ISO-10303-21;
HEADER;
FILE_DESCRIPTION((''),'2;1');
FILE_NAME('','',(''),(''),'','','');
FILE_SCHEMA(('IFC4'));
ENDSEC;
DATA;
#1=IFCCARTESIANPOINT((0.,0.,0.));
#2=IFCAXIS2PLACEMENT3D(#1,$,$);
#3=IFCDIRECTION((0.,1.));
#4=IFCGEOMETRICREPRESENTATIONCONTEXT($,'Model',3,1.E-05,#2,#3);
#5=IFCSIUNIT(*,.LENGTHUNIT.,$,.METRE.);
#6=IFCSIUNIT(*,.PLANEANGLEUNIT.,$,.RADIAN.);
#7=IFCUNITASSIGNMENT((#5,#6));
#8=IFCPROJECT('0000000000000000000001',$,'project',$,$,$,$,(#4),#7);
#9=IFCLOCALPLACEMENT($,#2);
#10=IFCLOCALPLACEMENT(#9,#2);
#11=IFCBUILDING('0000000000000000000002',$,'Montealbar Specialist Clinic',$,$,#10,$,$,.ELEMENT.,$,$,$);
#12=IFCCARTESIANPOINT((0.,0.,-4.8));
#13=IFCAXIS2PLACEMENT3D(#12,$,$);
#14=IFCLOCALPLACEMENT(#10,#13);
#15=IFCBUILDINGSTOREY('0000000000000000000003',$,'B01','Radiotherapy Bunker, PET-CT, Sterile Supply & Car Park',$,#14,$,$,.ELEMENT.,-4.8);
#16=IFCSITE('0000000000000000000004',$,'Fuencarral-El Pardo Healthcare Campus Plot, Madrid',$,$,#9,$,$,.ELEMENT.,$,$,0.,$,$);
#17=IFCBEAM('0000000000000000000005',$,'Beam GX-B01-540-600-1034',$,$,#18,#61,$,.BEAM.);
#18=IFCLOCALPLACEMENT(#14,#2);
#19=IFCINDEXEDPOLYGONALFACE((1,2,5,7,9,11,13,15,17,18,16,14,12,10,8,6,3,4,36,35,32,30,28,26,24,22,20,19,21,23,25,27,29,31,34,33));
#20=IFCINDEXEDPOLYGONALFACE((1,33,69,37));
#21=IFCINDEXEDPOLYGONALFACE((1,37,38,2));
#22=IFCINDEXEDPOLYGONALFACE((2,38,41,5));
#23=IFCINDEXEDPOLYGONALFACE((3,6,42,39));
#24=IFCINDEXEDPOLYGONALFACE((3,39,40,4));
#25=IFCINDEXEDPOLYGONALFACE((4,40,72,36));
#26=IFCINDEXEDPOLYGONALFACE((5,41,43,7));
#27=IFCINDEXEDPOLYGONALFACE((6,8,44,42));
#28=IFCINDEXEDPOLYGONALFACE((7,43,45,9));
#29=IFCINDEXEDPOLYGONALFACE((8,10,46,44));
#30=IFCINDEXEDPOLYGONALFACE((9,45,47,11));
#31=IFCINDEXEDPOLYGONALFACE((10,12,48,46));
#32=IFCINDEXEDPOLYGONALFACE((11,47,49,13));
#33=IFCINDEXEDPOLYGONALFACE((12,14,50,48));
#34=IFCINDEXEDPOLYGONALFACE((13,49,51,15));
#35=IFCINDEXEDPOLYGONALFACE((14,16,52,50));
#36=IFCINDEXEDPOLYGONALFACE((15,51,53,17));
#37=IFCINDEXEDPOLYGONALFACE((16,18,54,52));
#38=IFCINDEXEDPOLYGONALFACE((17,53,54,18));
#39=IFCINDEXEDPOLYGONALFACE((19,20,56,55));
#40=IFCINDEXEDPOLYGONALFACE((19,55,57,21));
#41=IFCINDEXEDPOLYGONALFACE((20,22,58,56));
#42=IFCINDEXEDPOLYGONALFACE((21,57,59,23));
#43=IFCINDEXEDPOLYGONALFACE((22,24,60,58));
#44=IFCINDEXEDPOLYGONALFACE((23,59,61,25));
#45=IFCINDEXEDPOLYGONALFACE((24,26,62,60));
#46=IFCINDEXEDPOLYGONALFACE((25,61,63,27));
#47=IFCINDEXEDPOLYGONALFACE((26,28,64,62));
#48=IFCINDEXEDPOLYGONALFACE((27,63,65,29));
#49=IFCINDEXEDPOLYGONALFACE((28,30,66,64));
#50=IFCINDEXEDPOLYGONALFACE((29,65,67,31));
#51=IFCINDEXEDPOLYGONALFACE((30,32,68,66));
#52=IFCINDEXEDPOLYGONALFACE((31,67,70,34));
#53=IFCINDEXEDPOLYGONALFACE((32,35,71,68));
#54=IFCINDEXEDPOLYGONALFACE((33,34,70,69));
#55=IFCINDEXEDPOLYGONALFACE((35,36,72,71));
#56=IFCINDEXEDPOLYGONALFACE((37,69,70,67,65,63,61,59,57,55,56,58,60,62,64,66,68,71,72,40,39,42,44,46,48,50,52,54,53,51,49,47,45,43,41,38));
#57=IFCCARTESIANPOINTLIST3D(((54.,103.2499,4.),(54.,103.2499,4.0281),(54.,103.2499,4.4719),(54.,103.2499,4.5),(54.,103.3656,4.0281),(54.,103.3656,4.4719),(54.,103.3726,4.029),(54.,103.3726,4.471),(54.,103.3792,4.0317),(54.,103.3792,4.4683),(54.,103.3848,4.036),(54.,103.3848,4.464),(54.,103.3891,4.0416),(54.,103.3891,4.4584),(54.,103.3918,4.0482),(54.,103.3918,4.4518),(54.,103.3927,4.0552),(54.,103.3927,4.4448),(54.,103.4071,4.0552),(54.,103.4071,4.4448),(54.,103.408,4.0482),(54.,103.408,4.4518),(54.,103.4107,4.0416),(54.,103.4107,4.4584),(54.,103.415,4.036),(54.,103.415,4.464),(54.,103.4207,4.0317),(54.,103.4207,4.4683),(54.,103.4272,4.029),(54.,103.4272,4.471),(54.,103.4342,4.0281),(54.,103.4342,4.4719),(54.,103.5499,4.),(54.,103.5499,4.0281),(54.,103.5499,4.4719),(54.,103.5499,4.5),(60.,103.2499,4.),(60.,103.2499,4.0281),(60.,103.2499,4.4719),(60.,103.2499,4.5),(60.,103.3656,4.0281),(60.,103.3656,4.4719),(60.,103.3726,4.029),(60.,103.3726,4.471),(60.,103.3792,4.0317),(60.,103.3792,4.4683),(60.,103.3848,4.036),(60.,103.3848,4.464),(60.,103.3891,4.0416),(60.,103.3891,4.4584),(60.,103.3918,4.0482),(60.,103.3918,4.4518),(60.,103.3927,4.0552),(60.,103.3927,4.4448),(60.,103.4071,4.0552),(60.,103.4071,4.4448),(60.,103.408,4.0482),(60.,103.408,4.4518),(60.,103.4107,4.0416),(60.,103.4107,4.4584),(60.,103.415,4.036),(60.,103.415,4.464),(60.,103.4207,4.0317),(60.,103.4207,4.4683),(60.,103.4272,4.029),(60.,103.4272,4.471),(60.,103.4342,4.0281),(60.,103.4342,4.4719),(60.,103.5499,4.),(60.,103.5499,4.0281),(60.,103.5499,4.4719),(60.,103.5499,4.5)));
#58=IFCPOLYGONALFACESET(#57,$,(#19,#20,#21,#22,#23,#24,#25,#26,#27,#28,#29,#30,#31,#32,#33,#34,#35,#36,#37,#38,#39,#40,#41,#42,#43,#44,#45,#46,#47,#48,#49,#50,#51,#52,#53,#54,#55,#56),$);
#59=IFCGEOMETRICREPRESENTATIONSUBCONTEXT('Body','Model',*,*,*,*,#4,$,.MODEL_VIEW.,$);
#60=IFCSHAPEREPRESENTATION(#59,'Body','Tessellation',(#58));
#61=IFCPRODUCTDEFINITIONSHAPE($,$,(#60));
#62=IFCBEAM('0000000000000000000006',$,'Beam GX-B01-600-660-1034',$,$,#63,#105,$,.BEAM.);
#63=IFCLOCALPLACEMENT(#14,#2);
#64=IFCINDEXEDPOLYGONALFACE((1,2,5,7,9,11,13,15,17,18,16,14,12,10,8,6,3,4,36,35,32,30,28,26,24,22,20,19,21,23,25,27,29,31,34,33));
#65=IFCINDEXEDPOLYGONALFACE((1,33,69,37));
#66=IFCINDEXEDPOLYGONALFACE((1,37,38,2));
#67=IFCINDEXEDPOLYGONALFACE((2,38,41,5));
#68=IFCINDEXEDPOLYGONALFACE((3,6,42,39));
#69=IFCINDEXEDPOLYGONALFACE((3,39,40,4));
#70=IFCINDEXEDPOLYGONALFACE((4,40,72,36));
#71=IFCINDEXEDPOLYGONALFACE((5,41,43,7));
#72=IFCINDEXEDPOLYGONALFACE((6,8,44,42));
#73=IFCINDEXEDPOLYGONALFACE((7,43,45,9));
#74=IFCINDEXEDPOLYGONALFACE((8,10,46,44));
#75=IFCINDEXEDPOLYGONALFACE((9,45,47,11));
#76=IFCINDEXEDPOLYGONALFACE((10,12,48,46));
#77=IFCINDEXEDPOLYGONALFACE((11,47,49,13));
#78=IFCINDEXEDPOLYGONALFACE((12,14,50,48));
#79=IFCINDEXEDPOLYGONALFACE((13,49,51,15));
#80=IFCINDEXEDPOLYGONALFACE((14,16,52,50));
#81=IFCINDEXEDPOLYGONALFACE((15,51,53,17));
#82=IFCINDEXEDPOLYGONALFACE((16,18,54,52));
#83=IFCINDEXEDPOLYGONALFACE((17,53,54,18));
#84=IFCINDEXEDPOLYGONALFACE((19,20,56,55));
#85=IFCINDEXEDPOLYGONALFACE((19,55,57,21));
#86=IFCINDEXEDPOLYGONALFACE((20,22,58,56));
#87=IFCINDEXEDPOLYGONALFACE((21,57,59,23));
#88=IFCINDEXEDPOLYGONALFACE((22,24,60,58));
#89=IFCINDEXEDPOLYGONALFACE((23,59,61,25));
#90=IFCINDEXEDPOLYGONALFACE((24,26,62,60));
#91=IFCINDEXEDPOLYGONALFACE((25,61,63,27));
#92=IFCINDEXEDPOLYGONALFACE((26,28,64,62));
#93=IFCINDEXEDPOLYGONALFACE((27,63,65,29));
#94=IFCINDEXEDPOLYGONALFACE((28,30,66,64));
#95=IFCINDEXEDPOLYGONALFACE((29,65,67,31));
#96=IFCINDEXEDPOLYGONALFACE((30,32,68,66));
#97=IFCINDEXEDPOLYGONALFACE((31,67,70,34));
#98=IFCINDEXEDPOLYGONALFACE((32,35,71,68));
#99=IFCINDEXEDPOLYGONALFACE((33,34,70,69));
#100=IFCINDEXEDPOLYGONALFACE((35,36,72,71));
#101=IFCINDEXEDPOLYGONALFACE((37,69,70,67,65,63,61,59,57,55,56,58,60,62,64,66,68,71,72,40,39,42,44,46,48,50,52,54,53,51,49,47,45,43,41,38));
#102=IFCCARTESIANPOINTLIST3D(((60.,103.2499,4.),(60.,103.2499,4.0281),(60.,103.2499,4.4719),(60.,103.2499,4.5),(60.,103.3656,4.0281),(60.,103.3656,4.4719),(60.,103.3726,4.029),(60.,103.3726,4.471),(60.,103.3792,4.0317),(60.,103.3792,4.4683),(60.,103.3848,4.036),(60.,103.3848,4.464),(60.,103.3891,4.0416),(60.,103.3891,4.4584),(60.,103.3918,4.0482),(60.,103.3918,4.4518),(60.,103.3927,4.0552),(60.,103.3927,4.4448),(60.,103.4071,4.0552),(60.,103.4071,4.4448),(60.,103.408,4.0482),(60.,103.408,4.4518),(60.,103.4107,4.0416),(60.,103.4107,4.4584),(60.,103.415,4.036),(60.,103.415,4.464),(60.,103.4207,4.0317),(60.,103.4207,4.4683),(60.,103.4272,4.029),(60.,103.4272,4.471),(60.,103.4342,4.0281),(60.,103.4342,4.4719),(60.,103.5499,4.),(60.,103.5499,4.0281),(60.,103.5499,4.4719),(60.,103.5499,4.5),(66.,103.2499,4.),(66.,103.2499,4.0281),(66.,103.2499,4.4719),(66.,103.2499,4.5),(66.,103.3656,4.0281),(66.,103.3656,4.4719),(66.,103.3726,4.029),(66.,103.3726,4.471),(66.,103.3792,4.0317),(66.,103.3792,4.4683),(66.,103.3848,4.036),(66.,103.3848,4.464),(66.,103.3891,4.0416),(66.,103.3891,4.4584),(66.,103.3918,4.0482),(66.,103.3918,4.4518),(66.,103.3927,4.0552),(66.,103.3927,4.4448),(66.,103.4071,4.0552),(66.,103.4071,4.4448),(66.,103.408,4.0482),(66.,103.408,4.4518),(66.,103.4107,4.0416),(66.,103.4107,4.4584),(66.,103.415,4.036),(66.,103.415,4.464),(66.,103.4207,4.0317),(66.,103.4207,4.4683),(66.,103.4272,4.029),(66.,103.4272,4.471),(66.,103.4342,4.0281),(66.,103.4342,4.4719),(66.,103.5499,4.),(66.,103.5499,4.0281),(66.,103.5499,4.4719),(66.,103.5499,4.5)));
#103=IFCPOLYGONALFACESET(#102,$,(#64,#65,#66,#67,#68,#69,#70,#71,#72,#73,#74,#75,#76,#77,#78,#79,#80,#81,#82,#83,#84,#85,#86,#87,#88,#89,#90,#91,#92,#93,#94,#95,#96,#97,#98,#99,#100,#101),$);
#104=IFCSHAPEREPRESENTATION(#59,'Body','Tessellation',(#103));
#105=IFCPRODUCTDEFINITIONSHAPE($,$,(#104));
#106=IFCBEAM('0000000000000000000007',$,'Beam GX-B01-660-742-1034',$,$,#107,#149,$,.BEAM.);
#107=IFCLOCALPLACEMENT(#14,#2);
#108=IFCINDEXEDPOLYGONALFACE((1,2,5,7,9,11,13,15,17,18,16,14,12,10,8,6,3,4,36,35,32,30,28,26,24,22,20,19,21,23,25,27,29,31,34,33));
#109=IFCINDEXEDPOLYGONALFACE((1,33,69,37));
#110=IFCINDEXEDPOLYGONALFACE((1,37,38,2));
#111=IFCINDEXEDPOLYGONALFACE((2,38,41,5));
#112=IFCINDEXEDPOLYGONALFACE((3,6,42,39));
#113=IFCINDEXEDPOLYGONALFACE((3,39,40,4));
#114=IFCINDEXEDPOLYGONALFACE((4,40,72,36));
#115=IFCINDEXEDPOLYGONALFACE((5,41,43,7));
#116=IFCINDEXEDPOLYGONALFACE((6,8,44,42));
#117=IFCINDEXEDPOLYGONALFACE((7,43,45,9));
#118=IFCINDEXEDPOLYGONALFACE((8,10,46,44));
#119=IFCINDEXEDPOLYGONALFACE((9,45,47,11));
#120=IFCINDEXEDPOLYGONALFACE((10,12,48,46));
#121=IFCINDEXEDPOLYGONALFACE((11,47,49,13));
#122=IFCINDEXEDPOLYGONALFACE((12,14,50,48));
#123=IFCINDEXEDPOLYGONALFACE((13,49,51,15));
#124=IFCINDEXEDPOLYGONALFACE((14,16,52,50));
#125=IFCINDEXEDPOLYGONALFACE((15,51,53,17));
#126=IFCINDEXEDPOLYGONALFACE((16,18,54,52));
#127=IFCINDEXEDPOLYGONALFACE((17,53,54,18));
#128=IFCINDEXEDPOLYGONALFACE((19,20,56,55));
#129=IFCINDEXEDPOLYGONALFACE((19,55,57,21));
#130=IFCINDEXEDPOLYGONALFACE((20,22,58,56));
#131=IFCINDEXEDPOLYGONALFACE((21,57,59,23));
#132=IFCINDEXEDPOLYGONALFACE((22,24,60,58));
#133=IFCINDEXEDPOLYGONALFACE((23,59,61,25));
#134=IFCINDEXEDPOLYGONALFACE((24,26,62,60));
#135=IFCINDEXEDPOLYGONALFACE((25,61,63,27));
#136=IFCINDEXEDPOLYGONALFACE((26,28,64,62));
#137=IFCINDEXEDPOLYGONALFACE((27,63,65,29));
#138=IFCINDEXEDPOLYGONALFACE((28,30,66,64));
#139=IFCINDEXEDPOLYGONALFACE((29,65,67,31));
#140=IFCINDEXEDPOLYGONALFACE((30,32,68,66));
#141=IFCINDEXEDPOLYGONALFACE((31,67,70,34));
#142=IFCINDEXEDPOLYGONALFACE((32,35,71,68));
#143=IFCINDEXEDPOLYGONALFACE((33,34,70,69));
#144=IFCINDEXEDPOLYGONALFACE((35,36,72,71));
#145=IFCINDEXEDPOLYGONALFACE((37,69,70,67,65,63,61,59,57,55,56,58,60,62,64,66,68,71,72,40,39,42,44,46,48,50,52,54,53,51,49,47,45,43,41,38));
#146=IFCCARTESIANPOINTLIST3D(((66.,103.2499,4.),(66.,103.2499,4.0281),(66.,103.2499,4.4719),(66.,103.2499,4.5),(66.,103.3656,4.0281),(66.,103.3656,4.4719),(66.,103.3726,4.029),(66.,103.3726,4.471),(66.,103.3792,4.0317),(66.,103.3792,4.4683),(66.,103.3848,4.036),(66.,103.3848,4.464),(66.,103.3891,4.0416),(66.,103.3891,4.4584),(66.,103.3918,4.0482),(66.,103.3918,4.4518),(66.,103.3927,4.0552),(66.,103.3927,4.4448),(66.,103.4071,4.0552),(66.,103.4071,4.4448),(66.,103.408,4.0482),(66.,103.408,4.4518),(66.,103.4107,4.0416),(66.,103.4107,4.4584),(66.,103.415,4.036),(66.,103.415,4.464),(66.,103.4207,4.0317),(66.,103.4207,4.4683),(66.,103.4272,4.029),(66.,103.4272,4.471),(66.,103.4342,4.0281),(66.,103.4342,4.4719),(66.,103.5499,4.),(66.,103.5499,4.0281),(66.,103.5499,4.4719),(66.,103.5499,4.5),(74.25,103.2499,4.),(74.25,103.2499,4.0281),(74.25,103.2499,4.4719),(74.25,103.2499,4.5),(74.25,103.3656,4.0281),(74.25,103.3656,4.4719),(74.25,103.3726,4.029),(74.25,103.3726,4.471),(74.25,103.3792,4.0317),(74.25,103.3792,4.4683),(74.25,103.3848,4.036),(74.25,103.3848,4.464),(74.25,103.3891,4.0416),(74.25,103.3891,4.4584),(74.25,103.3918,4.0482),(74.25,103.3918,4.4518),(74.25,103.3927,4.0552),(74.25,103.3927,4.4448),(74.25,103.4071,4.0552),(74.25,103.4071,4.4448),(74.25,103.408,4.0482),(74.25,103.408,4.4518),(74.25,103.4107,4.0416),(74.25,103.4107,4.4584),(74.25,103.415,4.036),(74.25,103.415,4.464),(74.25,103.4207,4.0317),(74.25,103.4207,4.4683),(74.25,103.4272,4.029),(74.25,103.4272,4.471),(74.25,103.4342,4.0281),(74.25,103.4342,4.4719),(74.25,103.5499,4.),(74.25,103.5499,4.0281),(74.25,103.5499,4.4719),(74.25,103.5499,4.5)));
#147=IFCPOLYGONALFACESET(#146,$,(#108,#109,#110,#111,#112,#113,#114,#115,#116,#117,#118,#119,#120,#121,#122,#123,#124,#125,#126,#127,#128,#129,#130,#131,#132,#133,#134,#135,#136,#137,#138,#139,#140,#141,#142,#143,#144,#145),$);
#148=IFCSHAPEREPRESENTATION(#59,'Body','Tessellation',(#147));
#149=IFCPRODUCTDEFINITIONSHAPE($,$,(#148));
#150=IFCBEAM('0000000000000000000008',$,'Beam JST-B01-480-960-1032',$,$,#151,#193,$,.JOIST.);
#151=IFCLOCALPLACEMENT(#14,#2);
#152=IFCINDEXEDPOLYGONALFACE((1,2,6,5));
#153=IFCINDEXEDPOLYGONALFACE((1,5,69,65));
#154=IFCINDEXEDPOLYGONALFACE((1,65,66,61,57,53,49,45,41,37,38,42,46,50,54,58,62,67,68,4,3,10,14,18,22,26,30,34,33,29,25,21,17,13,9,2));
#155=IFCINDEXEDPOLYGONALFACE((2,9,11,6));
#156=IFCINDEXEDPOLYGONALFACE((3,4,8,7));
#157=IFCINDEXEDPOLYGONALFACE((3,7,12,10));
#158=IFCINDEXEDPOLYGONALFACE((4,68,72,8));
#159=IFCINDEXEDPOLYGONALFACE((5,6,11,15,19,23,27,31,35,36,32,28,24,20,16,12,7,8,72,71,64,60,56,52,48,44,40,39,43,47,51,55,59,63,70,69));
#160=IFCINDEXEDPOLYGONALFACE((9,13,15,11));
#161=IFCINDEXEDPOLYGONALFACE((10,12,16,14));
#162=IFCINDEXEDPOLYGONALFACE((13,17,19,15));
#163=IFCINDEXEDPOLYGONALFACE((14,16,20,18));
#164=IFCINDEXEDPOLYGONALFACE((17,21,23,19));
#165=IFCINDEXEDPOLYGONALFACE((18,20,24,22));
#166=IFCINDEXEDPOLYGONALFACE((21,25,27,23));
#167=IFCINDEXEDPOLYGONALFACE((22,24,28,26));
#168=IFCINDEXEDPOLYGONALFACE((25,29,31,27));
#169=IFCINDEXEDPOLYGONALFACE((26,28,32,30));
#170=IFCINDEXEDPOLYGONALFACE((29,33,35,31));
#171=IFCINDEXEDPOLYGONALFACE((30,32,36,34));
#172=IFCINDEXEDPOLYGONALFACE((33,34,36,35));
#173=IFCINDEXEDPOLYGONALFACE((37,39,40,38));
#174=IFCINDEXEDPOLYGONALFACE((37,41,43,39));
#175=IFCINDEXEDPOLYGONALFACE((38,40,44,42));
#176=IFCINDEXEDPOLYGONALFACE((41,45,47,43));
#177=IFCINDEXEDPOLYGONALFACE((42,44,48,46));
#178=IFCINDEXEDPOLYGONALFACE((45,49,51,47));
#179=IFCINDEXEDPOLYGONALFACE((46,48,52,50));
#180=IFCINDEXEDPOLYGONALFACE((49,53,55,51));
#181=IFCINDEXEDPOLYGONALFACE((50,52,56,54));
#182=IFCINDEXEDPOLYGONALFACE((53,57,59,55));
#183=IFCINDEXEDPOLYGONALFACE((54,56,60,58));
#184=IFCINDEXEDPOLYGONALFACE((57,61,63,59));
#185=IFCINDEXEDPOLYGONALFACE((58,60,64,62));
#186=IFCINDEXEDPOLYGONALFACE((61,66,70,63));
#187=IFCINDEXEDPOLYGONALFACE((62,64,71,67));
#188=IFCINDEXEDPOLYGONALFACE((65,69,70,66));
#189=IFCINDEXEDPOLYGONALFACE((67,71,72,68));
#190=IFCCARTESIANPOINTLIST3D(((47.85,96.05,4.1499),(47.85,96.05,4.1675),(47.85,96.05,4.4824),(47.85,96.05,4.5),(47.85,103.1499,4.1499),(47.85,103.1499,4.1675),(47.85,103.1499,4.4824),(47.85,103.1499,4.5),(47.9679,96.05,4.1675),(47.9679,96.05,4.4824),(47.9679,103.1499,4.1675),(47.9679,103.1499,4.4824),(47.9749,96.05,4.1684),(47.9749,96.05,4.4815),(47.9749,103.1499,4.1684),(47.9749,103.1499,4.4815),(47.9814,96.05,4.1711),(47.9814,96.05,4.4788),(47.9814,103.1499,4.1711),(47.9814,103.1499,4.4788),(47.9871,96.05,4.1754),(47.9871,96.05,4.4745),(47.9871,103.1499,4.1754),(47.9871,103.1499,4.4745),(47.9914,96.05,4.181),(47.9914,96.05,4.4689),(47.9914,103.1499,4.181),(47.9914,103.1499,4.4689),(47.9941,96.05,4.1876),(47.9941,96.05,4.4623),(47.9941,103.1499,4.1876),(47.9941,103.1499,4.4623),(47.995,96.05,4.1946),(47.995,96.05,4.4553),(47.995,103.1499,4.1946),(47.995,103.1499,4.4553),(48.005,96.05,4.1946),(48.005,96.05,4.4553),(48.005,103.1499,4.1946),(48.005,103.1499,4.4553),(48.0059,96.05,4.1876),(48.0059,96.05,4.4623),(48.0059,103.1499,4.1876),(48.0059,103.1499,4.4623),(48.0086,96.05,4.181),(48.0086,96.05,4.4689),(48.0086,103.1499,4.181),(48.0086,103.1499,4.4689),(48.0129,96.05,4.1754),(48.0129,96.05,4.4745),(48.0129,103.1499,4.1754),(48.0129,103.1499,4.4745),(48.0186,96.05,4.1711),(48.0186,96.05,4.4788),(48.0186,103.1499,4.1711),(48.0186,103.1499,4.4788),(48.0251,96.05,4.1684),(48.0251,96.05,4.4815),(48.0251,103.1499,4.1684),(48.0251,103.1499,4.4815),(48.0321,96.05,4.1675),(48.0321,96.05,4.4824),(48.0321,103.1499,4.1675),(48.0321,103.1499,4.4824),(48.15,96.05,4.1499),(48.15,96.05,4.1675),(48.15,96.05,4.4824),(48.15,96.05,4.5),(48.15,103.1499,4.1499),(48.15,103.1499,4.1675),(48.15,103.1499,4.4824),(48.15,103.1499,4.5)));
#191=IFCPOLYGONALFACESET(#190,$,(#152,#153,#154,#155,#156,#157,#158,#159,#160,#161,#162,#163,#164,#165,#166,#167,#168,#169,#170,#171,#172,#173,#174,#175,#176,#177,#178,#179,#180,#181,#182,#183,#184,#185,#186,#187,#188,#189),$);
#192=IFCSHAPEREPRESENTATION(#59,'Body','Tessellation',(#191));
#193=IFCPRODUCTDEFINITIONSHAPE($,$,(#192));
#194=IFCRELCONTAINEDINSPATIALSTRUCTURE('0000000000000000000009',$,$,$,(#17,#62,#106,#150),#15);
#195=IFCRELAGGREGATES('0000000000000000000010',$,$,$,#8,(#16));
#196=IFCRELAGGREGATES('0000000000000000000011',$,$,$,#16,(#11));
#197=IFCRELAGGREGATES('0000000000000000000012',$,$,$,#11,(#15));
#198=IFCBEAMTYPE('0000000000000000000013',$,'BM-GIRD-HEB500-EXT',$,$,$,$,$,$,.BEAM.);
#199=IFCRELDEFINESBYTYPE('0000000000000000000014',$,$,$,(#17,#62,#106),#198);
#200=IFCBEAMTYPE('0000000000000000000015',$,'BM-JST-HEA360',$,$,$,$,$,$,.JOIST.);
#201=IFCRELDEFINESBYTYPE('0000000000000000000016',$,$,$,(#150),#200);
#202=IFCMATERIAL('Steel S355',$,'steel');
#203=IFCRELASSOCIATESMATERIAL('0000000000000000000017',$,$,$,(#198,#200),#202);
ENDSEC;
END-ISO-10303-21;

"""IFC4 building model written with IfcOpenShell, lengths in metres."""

from ifc_helpers import new_model, si_unit, direction, frame, origin, origin_2d, place, context, subcontext, project, spatial, i_section, extrude, material, material_profile, profile_set, type_object, element, save


model = new_model("IFC4")

# Units and contexts
model_context = context("Model", 3, precision=1e-05, world=origin(), true_north=direction((0.0, 1.0)))
body_context = subcontext(model_context, "Body", "Model", "MODEL_VIEW")
ifc_project = project(units=[si_unit("LENGTHUNIT", "METRE"), si_unit("PLANEANGLEUNIT", "RADIAN")], contexts=[model_context])

# Site, building, storey
site_placement = place(None, origin())
site = spatial("IfcSite", under=ifc_project, at=site_placement, Name="Fuencarral-El Pardo Healthcare Campus Plot, Madrid", CompositionType="ELEMENT", RefElevation=0.0)
building_placement = place(site_placement, origin())
building = spatial("IfcBuilding", under=site, at=building_placement, Name="Montealbar Specialist Clinic", CompositionType="ELEMENT")
storey_placement = place(building_placement, frame((0.0, 0.0, -4.8)))
storey = spatial("IfcBuildingStorey", under=building, at=storey_placement, Name="B01", Description="Radiotherapy Bunker, PET-CT, Sterile Supply & Car Park", CompositionType="ELEMENT", Elevation=-4.8)

# Shared definitions
ifc_material_1 = material(Name="Steel S355", Category="steel")

# Beams
ifc_material_profile_1 = material_profile(ifc_material_1, i_section(OverallWidth=0.3, OverallDepth=0.5, WebThickness=0.0144, FlangeThickness=0.0281, FilletRadius=0.0271, at=origin_2d()), Name="HEB 500", Category="steel")
ifc_profile_set_1 = profile_set([ifc_material_profile_1], Name="Steel S355")
beam_type_1 = type_object("IfcBeamType", Name="BM-GIRD-HEB500-EXT", PredefinedType="BEAM", material=ifc_profile_set_1)
for number, where, z_axis, x_axis, name in (
    (1, (54.0, 103.3999, 4.25), (1.0, 0.0, 0.0), (0.0, 1.0, 0.0), "Beam GX-B01-540-600-1034"),
    (2, (60.0, 103.3999, 4.25), (1.0, 0.0, 0.0), (0.0, 1.0, 0.0), "Beam GX-B01-600-660-1034"),
):
    element("IfcBeam", number, at=place(storey_placement, frame(where, z_axis=z_axis, x_axis=x_axis)), inside=storey, type_object=beam_type_1, Name=name, PredefinedType="BEAM", context=body_context, shape_type="SweptSolid", body=[
        extrude(i_section(OverallWidth=0.3, OverallDepth=0.5, WebThickness=0.0144, FlangeThickness=0.0281, FilletRadius=0.0271, at=origin_2d()), origin(), (0.0, 0.0, 1.0), 6.0),
    ])
beam_1_placement = place(storey_placement, frame((66.0, 103.3999, 4.25), z_axis=(1.0, 0.0, 0.0), x_axis=(0.0, 1.0, 0.0)))
element("IfcBeam", 3, at=beam_1_placement, inside=storey, type_object=beam_type_1, Name="Beam GX-B01-660-742-1034", PredefinedType="BEAM", context=body_context, shape_type="SweptSolid", body=[
    extrude(i_section(OverallWidth=0.3, OverallDepth=0.5, WebThickness=0.0144, FlangeThickness=0.0281, FilletRadius=0.0271, at=origin_2d()), origin(), (0.0, 0.0, 1.0), 8.25),
])
ifc_material_profile_2 = material_profile(ifc_material_1, i_section(OverallWidth=0.3, OverallDepth=0.3501, WebThickness=0.01, FlangeThickness=0.0176, FilletRadius=0.0271, at=origin_2d()), Name="HEA 360", Category="steel")
ifc_profile_set_2 = profile_set([ifc_material_profile_2], Name="Steel S355")
beam_type_2 = type_object("IfcBeamType", Name="BM-JST-HEA360", PredefinedType="JOIST", material=ifc_profile_set_2)
beam_2_placement = place(storey_placement, frame((48.0, 96.05, 4.325), z_axis=(0.0, 1.0, 0.0), x_axis=(-1.0, 0.0, 0.0)))
element("IfcBeam", 4, at=beam_2_placement, inside=storey, type_object=beam_type_2, Name="Beam JST-B01-480-960-1032", PredefinedType="JOIST", context=body_context, shape_type="SweptSolid", body=[
    extrude(i_section(OverallWidth=0.3, OverallDepth=0.3501, WebThickness=0.01, FlangeThickness=0.0176, FilletRadius=0.0271, at=origin_2d()), origin(), (0.0, 0.0, 1.0), 7.0999),
])

save(model, "model.ifc")
